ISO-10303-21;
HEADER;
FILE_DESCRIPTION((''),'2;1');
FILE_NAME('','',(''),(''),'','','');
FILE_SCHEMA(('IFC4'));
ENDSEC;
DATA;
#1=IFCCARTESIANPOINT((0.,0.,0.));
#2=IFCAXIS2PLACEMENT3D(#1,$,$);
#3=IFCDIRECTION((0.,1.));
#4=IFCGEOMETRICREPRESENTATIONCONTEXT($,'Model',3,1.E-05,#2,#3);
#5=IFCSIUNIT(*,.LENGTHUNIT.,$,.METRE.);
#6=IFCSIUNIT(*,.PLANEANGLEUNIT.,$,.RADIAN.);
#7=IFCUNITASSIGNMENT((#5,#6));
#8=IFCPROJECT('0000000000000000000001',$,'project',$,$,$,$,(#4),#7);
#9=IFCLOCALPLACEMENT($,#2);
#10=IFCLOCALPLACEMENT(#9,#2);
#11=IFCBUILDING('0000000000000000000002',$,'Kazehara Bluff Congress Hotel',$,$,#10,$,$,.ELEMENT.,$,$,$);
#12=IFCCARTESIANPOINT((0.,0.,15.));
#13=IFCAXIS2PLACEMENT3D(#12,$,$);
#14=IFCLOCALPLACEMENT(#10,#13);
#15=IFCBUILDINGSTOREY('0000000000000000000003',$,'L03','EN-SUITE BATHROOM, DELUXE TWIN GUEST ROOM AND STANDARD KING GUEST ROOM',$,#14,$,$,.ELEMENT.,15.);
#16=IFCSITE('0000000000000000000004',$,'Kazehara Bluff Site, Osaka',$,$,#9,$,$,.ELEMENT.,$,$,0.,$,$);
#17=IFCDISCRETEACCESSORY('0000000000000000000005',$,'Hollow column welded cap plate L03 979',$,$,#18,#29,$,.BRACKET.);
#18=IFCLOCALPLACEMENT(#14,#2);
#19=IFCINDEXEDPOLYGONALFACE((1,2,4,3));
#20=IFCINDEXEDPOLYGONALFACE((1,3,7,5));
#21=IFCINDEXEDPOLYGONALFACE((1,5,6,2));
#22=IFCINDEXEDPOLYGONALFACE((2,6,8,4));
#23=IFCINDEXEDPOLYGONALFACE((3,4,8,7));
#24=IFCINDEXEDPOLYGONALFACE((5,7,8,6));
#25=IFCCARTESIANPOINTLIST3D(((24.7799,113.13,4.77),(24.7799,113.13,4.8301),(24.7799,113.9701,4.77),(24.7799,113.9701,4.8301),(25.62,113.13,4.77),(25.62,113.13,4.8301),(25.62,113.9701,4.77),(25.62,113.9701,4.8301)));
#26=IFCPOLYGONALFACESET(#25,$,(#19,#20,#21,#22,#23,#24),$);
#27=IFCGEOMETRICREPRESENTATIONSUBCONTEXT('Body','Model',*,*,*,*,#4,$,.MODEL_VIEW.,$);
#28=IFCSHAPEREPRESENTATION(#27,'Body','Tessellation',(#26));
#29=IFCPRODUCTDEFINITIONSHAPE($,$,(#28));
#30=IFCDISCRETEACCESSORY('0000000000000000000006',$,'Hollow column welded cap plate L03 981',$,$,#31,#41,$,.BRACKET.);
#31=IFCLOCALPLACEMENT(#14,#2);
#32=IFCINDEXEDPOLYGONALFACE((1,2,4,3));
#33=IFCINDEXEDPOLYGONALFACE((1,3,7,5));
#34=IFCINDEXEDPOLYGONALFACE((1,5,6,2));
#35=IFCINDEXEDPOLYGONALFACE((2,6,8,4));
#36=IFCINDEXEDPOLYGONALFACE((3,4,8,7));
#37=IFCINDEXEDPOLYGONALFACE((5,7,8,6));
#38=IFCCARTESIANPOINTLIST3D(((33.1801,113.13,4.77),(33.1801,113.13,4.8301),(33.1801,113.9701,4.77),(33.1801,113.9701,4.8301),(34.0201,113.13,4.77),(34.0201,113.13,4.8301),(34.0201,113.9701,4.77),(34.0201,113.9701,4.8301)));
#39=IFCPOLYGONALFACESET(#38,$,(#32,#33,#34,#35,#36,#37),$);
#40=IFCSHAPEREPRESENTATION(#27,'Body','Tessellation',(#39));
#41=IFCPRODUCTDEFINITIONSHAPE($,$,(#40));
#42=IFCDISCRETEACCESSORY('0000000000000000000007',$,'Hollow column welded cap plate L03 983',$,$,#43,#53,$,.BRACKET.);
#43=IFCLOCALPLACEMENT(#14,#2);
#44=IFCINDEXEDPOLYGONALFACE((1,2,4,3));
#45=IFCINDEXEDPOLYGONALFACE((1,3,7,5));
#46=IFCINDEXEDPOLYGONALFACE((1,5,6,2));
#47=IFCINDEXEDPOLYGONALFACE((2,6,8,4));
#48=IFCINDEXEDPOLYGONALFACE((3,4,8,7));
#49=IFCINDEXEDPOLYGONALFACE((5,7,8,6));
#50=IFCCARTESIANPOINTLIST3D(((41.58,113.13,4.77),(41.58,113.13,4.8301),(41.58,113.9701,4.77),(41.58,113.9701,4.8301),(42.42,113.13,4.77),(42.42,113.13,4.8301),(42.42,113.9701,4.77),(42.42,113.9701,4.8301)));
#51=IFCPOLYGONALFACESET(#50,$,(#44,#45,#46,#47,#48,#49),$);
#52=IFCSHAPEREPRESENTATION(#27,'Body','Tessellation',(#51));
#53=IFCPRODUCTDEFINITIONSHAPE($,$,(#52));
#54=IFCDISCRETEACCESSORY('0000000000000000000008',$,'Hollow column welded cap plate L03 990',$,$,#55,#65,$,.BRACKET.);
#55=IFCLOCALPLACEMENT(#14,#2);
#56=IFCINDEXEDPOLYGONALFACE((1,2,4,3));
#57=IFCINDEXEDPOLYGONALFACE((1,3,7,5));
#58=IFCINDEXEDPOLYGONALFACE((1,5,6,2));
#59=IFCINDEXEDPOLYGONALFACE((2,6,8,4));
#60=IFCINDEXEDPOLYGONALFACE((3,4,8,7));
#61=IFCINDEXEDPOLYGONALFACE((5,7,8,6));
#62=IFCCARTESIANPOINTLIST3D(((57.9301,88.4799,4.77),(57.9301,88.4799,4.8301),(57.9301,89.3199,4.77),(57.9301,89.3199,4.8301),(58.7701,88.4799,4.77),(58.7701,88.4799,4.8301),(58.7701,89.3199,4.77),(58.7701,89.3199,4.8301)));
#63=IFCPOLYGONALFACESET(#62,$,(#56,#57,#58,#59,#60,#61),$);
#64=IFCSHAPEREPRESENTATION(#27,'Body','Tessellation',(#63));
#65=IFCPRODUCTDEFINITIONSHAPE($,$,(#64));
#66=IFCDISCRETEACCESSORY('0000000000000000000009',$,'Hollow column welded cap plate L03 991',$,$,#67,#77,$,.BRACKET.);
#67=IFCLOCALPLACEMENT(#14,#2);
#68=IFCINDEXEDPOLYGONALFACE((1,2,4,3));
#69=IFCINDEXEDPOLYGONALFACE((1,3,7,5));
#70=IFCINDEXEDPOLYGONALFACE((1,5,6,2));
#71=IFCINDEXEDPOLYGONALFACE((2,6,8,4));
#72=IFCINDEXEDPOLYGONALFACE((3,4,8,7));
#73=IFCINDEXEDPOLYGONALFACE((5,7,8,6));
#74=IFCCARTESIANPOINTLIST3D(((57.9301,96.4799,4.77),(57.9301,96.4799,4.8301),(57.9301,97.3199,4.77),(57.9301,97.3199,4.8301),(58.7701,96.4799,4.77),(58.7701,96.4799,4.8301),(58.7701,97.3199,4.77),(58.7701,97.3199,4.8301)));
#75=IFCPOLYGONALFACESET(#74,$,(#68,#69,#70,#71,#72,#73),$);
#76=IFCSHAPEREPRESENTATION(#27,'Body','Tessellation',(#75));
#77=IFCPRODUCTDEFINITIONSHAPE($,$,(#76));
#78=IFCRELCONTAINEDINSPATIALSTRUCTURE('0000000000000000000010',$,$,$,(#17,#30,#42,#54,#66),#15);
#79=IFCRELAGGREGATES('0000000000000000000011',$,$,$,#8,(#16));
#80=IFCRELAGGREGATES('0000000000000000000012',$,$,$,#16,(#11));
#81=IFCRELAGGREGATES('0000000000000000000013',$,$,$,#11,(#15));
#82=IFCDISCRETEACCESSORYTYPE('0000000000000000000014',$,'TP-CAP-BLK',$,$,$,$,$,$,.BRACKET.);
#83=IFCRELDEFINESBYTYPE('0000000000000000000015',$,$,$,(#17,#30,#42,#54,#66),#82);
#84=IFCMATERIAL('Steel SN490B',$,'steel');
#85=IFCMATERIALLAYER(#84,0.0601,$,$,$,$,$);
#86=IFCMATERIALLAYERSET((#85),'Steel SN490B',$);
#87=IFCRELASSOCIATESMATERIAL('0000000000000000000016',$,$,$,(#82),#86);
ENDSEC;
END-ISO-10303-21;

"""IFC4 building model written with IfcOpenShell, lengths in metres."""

from ifc_helpers import new_model, si_unit, direction, frame, origin, origin_2d, place, context, subcontext, project, spatial, rectangle, extrude, material, layer, layer_set, type_object, element, save


model = new_model("IFC4")

# Units and contexts
model_context = context("Model", 3, precision=1e-05, world=origin(), true_north=direction((0.0, 1.0)))
body_context = subcontext(model_context, "Body", "Model", "MODEL_VIEW")
ifc_project = project(units=[si_unit("LENGTHUNIT", "METRE"), si_unit("PLANEANGLEUNIT", "RADIAN")], contexts=[model_context])

# Site, building, storey
site_placement = place(None, origin())
site = spatial("IfcSite", under=ifc_project, at=site_placement, Name="Kazehara Bluff Site, Osaka", CompositionType="ELEMENT", RefElevation=0.0)
building_placement = place(site_placement, origin())
building = spatial("IfcBuilding", under=site, at=building_placement, Name="Kazehara Bluff Congress Hotel", CompositionType="ELEMENT")
storey_placement = place(building_placement, frame((0.0, 0.0, 15.0)))
storey = spatial("IfcBuildingStorey", under=building, at=storey_placement, Name="L03", Description="EN-SUITE BATHROOM, DELUXE TWIN GUEST ROOM AND STANDARD KING GUEST ROOM", CompositionType="ELEMENT", Elevation=15.0)

# Discrete accessories
ifc_material_1 = material(Name="Steel SN490B", Category="steel")
ifc_layer_1 = layer(ifc_material_1, 0.0601)
ifc_layer_set_1 = layer_set([ifc_layer_1], Name="Steel SN490B")
discrete_accessory_type = type_object("IfcDiscreteAccessoryType", Name="TP-CAP-BLK", PredefinedType="BRACKET", material=ifc_layer_set_1)
for number, where, z_axis, x_axis, name in (
    (1, (25.2, 113.55, 4.77), (0.0, 0.0, 1.0), (1.0, 0.0, 0.0), "Hollow column welded cap plate L03 979"),
    (2, (33.6001, 113.55, 4.77), (0.0, 0.0, 1.0), (1.0, 0.0, 0.0), "Hollow column welded cap plate L03 981"),
    (3, (42.0, 113.55, 4.77), (0.0, 0.0, 1.0), (1.0, 0.0, 0.0), "Hollow column welded cap plate L03 983"),
    (4, (58.3501, 88.8999, 4.77), (0.0, 0.0, 1.0), (1.0, 0.0, 0.0), "Hollow column welded cap plate L03 990"),
    (5, (58.3501, 96.8999, 4.77), (0.0, 0.0, 1.0), (1.0, 0.0, 0.0), "Hollow column welded cap plate L03 991"),
):
    element("IfcDiscreteAccessory", number, at=place(storey_placement, frame(where, z_axis=z_axis, x_axis=x_axis)), inside=storey, type_object=discrete_accessory_type, Name=name, PredefinedType="BRACKET", context=body_context, shape_type="SweptSolid", body=[
        extrude(rectangle(XDim=0.8401, YDim=0.8401, at=origin_2d()), origin(), (0.0, 0.0, 1.0), 0.0601),
    ])

save(model, "model.ifc")
